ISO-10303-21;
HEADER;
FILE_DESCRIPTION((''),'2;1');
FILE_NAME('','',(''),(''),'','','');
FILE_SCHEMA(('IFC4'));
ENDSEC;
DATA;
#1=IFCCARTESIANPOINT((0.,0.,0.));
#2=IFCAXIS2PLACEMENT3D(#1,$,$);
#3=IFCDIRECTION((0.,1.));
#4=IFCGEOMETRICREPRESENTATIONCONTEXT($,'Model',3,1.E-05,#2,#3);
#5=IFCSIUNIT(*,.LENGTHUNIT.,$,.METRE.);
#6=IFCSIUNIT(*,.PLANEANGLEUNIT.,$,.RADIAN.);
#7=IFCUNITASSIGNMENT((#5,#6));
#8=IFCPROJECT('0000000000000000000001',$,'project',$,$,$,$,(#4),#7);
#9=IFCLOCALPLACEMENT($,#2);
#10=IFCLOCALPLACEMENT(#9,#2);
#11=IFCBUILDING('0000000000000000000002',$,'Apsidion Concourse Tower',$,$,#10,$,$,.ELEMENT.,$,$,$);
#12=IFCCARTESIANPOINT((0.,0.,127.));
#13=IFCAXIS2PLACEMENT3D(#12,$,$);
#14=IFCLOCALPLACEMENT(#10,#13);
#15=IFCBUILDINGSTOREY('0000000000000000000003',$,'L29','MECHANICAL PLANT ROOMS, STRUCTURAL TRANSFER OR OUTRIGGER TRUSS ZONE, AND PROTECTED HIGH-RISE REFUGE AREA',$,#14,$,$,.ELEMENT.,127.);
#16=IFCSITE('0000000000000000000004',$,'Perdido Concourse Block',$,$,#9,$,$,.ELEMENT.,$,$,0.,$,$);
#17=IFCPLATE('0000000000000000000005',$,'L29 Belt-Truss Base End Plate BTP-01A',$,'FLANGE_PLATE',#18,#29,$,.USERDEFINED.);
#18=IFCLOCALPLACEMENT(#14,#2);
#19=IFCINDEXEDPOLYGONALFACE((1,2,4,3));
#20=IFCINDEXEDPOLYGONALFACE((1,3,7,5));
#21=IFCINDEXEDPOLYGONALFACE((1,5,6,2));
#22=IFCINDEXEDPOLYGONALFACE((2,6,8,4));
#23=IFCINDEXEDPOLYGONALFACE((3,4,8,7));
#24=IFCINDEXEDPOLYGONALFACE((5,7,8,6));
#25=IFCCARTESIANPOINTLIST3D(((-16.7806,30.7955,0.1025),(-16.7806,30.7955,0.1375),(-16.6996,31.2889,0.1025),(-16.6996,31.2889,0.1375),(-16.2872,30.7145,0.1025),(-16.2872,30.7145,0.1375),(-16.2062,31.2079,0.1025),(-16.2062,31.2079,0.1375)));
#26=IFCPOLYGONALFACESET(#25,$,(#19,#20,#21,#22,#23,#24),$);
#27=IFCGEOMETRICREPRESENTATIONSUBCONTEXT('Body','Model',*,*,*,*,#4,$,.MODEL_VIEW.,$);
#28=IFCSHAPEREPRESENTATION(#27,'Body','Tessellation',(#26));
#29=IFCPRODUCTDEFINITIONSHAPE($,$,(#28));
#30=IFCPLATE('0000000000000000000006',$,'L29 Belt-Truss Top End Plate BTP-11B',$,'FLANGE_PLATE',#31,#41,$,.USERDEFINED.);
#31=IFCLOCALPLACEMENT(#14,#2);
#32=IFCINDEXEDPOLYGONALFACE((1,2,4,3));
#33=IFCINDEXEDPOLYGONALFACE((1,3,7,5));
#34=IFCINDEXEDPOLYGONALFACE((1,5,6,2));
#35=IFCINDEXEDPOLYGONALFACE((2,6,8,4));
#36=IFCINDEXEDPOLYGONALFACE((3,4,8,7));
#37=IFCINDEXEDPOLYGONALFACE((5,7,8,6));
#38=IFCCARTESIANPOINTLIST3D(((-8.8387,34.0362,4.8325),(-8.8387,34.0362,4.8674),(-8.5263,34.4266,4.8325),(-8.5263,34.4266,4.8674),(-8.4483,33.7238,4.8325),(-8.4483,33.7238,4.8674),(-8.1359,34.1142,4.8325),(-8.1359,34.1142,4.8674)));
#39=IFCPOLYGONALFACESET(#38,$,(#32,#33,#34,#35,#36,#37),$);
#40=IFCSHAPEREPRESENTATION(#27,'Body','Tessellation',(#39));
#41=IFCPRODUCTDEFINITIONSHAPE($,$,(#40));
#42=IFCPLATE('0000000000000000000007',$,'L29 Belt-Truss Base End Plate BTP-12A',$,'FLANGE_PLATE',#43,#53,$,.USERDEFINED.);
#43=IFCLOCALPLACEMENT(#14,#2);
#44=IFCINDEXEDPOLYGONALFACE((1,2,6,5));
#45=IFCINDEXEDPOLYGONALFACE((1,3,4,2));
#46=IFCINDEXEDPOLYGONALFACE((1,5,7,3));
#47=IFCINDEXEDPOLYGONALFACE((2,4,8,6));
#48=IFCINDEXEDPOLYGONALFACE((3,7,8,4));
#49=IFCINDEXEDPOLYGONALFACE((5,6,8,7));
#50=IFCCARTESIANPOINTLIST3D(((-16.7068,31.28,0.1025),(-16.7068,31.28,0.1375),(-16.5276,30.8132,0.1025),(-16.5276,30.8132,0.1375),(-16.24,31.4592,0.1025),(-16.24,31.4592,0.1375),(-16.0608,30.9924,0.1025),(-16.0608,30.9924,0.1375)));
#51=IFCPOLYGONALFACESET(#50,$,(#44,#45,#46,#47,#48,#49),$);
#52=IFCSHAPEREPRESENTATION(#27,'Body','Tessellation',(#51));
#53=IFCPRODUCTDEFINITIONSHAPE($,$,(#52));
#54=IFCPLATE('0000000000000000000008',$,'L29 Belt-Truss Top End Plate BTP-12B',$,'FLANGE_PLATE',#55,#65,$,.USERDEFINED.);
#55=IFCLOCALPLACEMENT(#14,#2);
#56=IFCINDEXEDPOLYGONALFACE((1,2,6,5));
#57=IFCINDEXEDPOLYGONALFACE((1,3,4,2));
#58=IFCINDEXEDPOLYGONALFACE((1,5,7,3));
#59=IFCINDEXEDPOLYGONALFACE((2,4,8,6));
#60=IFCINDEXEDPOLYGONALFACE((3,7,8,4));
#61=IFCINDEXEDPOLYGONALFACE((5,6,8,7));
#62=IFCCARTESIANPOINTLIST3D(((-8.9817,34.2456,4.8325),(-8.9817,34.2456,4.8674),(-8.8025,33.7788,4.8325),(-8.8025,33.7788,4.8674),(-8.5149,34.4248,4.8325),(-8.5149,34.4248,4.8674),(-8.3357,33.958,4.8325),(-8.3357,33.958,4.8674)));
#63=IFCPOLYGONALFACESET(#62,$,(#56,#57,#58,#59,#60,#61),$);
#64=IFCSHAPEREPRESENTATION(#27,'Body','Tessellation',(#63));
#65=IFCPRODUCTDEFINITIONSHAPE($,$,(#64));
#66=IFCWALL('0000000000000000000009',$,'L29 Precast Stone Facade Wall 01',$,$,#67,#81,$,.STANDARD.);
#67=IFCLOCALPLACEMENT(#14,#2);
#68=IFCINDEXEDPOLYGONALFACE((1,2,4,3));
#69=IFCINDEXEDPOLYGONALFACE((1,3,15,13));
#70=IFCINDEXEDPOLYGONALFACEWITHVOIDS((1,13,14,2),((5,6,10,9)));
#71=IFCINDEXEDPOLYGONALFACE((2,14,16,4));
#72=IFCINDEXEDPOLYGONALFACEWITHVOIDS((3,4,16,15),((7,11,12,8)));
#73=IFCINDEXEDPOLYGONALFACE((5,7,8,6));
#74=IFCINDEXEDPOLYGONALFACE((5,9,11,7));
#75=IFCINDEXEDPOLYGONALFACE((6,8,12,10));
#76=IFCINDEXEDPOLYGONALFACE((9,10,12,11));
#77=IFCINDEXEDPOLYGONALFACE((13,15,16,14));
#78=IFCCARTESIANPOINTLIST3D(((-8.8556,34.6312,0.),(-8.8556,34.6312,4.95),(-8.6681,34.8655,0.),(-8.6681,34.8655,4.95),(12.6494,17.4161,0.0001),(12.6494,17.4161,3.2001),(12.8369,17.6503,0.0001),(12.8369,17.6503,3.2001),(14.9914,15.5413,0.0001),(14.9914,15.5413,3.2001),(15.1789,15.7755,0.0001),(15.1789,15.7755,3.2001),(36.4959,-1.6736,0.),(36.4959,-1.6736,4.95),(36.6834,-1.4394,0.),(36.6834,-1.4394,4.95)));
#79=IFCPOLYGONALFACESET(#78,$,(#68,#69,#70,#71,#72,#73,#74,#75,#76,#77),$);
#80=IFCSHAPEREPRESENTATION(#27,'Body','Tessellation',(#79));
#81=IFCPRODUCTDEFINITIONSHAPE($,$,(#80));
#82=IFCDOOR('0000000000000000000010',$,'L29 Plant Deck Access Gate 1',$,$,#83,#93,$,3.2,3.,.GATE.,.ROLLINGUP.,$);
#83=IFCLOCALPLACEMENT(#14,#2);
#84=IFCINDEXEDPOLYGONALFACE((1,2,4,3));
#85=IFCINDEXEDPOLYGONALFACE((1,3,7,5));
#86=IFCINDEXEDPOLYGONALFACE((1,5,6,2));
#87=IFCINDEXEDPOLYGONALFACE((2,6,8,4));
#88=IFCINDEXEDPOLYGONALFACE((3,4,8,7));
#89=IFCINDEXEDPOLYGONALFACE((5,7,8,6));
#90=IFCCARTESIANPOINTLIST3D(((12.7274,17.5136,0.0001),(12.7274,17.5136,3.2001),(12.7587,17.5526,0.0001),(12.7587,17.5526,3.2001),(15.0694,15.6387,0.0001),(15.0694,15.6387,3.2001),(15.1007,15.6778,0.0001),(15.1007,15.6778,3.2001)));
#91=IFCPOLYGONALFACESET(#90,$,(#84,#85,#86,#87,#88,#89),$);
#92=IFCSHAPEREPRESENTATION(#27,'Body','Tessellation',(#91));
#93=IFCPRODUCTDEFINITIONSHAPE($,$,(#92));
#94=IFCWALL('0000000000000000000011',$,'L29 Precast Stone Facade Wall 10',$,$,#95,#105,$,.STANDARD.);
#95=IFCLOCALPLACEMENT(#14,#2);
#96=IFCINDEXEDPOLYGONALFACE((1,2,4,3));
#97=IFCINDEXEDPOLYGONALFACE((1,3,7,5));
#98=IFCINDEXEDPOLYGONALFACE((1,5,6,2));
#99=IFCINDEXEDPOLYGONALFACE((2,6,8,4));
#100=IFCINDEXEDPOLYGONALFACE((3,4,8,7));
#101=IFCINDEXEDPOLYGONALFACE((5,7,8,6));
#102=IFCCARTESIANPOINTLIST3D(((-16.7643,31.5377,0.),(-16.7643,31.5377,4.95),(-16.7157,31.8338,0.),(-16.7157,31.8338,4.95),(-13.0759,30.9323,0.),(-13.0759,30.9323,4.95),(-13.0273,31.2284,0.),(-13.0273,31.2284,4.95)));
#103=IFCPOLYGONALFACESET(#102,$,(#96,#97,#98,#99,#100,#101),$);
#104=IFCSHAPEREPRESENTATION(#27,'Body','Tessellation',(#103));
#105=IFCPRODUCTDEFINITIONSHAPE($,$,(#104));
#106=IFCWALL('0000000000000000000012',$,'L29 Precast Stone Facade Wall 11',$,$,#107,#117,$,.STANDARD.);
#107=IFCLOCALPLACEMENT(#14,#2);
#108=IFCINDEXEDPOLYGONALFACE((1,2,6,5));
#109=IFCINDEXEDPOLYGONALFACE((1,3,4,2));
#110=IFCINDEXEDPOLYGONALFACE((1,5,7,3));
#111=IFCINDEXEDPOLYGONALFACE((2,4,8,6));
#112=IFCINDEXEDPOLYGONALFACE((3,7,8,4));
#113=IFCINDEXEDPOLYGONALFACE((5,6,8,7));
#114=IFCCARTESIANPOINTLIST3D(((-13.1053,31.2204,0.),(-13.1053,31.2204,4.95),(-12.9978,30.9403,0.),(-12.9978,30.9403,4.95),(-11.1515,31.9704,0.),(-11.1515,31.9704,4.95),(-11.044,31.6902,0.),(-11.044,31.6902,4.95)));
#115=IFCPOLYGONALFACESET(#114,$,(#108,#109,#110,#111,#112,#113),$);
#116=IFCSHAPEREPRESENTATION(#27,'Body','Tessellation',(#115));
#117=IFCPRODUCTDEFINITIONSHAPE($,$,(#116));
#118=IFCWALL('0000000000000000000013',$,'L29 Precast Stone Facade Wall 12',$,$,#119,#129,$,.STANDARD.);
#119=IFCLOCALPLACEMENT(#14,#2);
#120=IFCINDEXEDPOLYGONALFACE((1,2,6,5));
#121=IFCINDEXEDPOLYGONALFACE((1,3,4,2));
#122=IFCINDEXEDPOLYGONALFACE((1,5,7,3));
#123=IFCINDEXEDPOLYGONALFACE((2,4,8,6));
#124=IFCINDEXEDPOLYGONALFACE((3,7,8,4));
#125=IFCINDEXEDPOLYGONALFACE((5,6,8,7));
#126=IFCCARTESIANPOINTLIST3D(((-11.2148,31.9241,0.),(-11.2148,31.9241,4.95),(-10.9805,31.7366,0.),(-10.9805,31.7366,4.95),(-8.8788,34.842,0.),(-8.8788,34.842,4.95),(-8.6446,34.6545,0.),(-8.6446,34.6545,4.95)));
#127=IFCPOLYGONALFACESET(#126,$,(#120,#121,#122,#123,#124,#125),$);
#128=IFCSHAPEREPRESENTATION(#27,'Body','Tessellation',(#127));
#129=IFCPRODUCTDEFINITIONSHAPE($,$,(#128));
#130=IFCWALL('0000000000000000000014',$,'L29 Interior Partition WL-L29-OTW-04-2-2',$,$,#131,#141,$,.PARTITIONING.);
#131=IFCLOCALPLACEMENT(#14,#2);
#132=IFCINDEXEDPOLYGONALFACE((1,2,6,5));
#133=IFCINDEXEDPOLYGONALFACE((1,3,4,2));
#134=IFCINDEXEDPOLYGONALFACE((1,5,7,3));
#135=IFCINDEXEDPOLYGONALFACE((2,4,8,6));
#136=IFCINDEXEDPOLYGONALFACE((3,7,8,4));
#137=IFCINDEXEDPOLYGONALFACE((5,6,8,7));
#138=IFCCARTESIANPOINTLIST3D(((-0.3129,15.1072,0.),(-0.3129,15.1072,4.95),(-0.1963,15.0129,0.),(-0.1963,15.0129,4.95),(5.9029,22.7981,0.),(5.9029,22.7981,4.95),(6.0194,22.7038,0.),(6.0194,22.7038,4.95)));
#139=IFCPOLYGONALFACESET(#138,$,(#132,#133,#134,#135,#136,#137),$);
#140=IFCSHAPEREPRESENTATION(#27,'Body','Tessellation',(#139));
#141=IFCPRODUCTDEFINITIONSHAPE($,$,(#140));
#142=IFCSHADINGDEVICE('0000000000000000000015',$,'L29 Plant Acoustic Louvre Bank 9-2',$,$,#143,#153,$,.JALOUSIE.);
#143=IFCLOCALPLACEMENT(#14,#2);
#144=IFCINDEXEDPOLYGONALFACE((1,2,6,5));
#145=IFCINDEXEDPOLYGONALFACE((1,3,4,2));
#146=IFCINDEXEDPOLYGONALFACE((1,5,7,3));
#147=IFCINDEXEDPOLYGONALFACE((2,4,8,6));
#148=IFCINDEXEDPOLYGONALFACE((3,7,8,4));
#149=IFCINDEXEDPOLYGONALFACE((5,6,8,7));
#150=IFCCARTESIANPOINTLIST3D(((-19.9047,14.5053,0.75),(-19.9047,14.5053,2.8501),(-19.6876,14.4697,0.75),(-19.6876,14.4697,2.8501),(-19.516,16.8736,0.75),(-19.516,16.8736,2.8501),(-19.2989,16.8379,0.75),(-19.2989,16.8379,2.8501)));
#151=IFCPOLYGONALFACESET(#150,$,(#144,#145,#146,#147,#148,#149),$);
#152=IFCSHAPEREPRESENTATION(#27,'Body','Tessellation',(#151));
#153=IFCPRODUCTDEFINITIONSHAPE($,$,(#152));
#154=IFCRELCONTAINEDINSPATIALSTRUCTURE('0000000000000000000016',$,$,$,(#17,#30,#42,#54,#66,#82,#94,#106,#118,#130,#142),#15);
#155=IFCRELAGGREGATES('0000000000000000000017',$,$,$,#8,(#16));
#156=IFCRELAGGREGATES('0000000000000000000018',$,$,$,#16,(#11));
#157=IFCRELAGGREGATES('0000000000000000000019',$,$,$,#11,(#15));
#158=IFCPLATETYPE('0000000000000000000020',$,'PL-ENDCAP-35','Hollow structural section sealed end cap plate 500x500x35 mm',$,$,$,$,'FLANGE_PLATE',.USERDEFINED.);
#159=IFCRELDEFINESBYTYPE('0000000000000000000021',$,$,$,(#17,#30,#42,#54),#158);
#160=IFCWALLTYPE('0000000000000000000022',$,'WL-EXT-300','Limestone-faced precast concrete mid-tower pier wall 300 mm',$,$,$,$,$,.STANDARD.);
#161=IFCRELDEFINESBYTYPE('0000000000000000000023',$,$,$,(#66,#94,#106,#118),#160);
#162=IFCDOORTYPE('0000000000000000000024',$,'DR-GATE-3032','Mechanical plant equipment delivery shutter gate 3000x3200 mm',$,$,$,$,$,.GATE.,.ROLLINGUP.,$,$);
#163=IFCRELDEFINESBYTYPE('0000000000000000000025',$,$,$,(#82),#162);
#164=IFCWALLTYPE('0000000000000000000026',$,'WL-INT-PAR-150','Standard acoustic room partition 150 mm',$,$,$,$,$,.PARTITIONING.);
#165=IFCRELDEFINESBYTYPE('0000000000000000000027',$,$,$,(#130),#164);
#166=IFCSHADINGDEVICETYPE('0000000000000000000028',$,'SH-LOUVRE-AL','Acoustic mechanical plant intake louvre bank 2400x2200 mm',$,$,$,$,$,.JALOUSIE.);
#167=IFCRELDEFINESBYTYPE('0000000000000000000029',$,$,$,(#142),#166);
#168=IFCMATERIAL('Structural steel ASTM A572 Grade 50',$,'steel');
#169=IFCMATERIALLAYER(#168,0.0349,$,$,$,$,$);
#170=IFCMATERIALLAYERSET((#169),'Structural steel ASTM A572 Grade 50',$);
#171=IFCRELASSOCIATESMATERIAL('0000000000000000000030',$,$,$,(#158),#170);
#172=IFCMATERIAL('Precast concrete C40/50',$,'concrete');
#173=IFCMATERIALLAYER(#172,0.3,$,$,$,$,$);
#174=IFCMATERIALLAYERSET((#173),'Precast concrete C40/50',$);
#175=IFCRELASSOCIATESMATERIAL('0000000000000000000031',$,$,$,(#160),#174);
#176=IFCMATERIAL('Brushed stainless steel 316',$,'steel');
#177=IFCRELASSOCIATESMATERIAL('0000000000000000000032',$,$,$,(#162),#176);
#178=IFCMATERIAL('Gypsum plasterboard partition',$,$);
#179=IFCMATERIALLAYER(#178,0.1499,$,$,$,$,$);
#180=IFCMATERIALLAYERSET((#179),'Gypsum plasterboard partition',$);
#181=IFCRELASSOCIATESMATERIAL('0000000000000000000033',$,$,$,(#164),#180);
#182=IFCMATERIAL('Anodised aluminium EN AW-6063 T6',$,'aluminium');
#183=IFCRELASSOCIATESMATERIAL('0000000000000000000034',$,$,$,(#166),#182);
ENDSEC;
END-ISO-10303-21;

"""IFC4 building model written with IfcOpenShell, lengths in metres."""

from ifc_helpers import new_model, si_unit, direction, frame, frame_2d, origin, origin_2d, place, context, subcontext, project, spatial, rectangle, extrude, material, layer, layer_set, type_object, element, fill, save


model = new_model("IFC4")

# Units and contexts
model_context = context("Model", 3, precision=1e-05, world=origin(), true_north=direction((0.0, 1.0)))
body_context = subcontext(model_context, "Body", "Model", "MODEL_VIEW")
ifc_project = project(units=[si_unit("LENGTHUNIT", "METRE"), si_unit("PLANEANGLEUNIT", "RADIAN")], contexts=[model_context])

# Site, building, storey
site_placement = place(None, origin())
site = spatial("IfcSite", under=ifc_project, at=site_placement, Name="Perdido Concourse Block", CompositionType="ELEMENT", RefElevation=0.0)
building_placement = place(site_placement, origin())
building = spatial("IfcBuilding", under=site, at=building_placement, Name="Apsidion Concourse Tower", CompositionType="ELEMENT")
storey_placement = place(building_placement, frame((0.0, 0.0, 127.0)))
storey = spatial("IfcBuildingStorey", under=building, at=storey_placement, Name="L29", Description="MECHANICAL PLANT ROOMS, STRUCTURAL TRANSFER OR OUTRIGGER TRUSS ZONE, AND PROTECTED HIGH-RISE REFUGE AREA", CompositionType="ELEMENT", Elevation=127.0)

# Plates
ifc_material_1 = material(Name="Structural steel ASTM A572 Grade 50", Category="steel")
ifc_layer_1 = layer(ifc_material_1, 0.0349)
ifc_layer_set_1 = layer_set([ifc_layer_1], Name="Structural steel ASTM A572 Grade 50")
plate_type = type_object("IfcPlateType", Name="PL-ENDCAP-35", Description="Hollow structural section sealed end cap plate 500x500x35 mm", ElementType="FLANGE_PLATE", PredefinedType="USERDEFINED", material=ifc_layer_set_1)
for number, where, z_axis, x_axis, name in (
    (1, (-16.4934, 31.0017, 0.1025), (0.0, 0.0, 1.0), (0.162121, 0.986771, 0.0), "L29 Belt-Truss Base End Plate BTP-01A"),
    (2, (-8.4873, 34.0752, 4.8325), (0.0, 0.0, 1.0), (-0.780758, 0.624834, 0.0), "L29 Belt-Truss Top End Plate BTP-11B"),
    (3, (-16.3838, 31.1362, 0.1025), (0.0, 0.0, 1.0), (0.93358, 0.358368, 0.0), "L29 Belt-Truss Base End Plate BTP-12A"),
    (4, (-8.6587, 34.1018, 4.8325), (0.0, 0.0, 1.0), (0.93358, 0.358368, 0.0), "L29 Belt-Truss Top End Plate BTP-12B"),
):
    element("IfcPlate", number, at=place(storey_placement, frame(where, z_axis=z_axis, x_axis=x_axis)), inside=storey, type_object=plate_type, Name=name, ObjectType="FLANGE_PLATE", PredefinedType="USERDEFINED", context=body_context, shape_type="SweptSolid", body=[
        extrude(rectangle(XDim=0.5, YDim=0.5, at=origin_2d()), origin(), (0.0, 0.0, 1.0), 0.0349),
    ])

# Wall, opening, door
ifc_material_2 = material(Name="Precast concrete C40/50", Category="concrete")
ifc_layer_2 = layer(ifc_material_2, 0.3)
ifc_layer_set_2 = layer_set([ifc_layer_2], Name="Precast concrete C40/50")
wall_type_1 = type_object("IfcWallType", Name="WL-EXT-300", Description="Limestone-faced precast concrete mid-tower pier wall 300 mm", PredefinedType="STANDARD", material=ifc_layer_set_2)
wall_1_placement = place(storey_placement, frame((-8.7617, 34.7483, 0.0), z_axis=(0.0, 0.0, 1.0), x_axis=(0.78067, -0.624944, 0.0)))
wall_1 = element("IfcWall", 5, at=wall_1_placement, inside=storey, type_object=wall_type_1, Name="L29 Precast Stone Facade Wall 01", PredefinedType="STANDARD", context=body_context, shape_type="SweptSolid", body=[
    extrude(rectangle(XDim=58.093, YDim=0.3, at=frame_2d((29.0464, 0.0))), origin(), (0.0, 0.0, 1.0), 4.95),
])
opening_placement = place(wall_1_placement, frame((27.5466, 0.0, 0.0)))
opening = element("IfcOpeningElement", 6, at=opening_placement, cuts=wall_1, PredefinedType="OPENING", context=body_context, shape_type="SweptSolid", body=[
    extrude(rectangle(XDim=3.0, YDim=3.2, at=frame_2d((1.5, 1.6001))), frame((0.0, 0.1602, 0.0), z_axis=(0.0, -1.0, 0.0), x_axis=(1.0, 0.0, 0.0)), (0.0, 0.0, 1.0), 0.3201),
])
ifc_material_3 = material(Name="Brushed stainless steel 316", Category="steel")
door_type = type_object("IfcDoorType", Name="DR-GATE-3032", Description="Mechanical plant equipment delivery shutter gate 3000x3200 mm", OperationType="ROLLINGUP", PredefinedType="GATE", material=ifc_material_3)
door_placement = place(opening_placement, origin())
door = element("IfcDoor", 7, at=door_placement, inside=storey, type_object=door_type, Name="L29 Plant Deck Access Gate 1", OperationType="ROLLINGUP", OverallHeight=3.2, OverallWidth=3.0, PredefinedType="GATE", context=body_context, shape_type="SweptSolid", body=[
    extrude(rectangle(XDim=3.0, YDim=3.2, at=frame_2d((1.5, 1.6001))), frame((0.0, 0.0249, 0.0), z_axis=(0.0, -1.0, 0.0), x_axis=(1.0, 0.0, 0.0)), (0.0, 0.0, 1.0), 0.05),
])
fill(opening, door)

# Walls
wall_2_placement = place(storey_placement, frame((-16.74, 31.6858, 0.0), z_axis=(0.0, 0.0, 1.0), x_axis=(0.986793, -0.161984, 0.0)))
element("IfcWall", 8, at=wall_2_placement, inside=storey, type_object=wall_type_1, Name="L29 Precast Stone Facade Wall 10", PredefinedType="STANDARD", context=body_context, shape_type="SweptSolid", body=[
    extrude(rectangle(XDim=3.7378, YDim=0.3, at=frame_2d((1.8689, 0.0))), origin(), (0.0, 0.0, 1.0), 4.95),
])
wall_3_placement = place(storey_placement, frame((-13.0515, 31.0803, 0.0), z_axis=(0.0, 0.0, 1.0), x_axis=(0.933583, 0.358361, 0.0)))
element("IfcWall", 9, at=wall_3_placement, inside=storey, type_object=wall_type_1, Name="L29 Precast Stone Facade Wall 11", PredefinedType="STANDARD", context=body_context, shape_type="SweptSolid", body=[
    extrude(rectangle(XDim=2.0928, YDim=0.3, at=frame_2d((1.0464, 0.0))), origin(), (0.0, 0.0, 1.0), 4.95),
])
wall_4_placement = place(storey_placement, frame((-11.0977, 31.8303, 0.0), z_axis=(0.0, 0.0, 1.0), x_axis=(0.62495, 0.780665, 0.0)))
element("IfcWall", 10, at=wall_4_placement, inside=storey, type_object=wall_type_1, Name="L29 Precast Stone Facade Wall 12", PredefinedType="STANDARD", context=body_context, shape_type="SweptSolid", body=[
    extrude(rectangle(XDim=3.7378, YDim=0.3, at=frame_2d((1.8689, 0.0))), origin(), (0.0, 0.0, 1.0), 4.95),
])
ifc_material_4 = material(Name="Gypsum plasterboard partition")
ifc_layer_3 = layer(ifc_material_4, 0.1499)
ifc_layer_set_3 = layer_set([ifc_layer_3], Name="Gypsum plasterboard partition")
wall_type_2 = type_object("IfcWallType", Name="WL-INT-PAR-150", Description="Standard acoustic room partition 150 mm", PredefinedType="PARTITIONING", material=ifc_layer_set_3)
wall_5_placement = place(storey_placement, frame((-0.2546, 15.0601, 0.0), z_axis=(0.0, 0.0, 1.0), x_axis=(0.628577, 0.777747, 0.0)))
element("IfcWall", 11, at=wall_5_placement, inside=storey, type_object=wall_type_2, Name="L29 Interior Partition WL-L29-OTW-04-2-2", PredefinedType="PARTITIONING", context=body_context, shape_type="SweptSolid", body=[
    extrude(rectangle(XDim=9.8887, YDim=0.1499, at=frame_2d((4.9443, 0.0))), origin(), (0.0, 0.0, 1.0), 4.95),
])

# Shading device
ifc_material_5 = material(Name="Anodised aluminium EN AW-6063 T6", Category="aluminium")
shading_device_type = type_object("IfcShadingDeviceType", Name="SH-LOUVRE-AL", Description="Acoustic mechanical plant intake louvre bank 2400x2200 mm", PredefinedType="JALOUSIE", material=ifc_material_5)
shading_device_placement = place(storey_placement, frame((-19.6018, 15.6716, 0.75), z_axis=(0.0, 0.0, 1.0), x_axis=(0.161948, 0.986799, 0.0)))
element("IfcShadingDevice", 12, at=shading_device_placement, inside=storey, type_object=shading_device_type, Name="L29 Plant Acoustic Louvre Bank 9-2", PredefinedType="JALOUSIE", context=body_context, shape_type="SweptSolid", body=[
    extrude(rectangle(XDim=2.3999, YDim=0.22, at=origin_2d()), origin(), (0.0, 0.0, 1.0), 2.1001),
])

save(model, "model.ifc")
